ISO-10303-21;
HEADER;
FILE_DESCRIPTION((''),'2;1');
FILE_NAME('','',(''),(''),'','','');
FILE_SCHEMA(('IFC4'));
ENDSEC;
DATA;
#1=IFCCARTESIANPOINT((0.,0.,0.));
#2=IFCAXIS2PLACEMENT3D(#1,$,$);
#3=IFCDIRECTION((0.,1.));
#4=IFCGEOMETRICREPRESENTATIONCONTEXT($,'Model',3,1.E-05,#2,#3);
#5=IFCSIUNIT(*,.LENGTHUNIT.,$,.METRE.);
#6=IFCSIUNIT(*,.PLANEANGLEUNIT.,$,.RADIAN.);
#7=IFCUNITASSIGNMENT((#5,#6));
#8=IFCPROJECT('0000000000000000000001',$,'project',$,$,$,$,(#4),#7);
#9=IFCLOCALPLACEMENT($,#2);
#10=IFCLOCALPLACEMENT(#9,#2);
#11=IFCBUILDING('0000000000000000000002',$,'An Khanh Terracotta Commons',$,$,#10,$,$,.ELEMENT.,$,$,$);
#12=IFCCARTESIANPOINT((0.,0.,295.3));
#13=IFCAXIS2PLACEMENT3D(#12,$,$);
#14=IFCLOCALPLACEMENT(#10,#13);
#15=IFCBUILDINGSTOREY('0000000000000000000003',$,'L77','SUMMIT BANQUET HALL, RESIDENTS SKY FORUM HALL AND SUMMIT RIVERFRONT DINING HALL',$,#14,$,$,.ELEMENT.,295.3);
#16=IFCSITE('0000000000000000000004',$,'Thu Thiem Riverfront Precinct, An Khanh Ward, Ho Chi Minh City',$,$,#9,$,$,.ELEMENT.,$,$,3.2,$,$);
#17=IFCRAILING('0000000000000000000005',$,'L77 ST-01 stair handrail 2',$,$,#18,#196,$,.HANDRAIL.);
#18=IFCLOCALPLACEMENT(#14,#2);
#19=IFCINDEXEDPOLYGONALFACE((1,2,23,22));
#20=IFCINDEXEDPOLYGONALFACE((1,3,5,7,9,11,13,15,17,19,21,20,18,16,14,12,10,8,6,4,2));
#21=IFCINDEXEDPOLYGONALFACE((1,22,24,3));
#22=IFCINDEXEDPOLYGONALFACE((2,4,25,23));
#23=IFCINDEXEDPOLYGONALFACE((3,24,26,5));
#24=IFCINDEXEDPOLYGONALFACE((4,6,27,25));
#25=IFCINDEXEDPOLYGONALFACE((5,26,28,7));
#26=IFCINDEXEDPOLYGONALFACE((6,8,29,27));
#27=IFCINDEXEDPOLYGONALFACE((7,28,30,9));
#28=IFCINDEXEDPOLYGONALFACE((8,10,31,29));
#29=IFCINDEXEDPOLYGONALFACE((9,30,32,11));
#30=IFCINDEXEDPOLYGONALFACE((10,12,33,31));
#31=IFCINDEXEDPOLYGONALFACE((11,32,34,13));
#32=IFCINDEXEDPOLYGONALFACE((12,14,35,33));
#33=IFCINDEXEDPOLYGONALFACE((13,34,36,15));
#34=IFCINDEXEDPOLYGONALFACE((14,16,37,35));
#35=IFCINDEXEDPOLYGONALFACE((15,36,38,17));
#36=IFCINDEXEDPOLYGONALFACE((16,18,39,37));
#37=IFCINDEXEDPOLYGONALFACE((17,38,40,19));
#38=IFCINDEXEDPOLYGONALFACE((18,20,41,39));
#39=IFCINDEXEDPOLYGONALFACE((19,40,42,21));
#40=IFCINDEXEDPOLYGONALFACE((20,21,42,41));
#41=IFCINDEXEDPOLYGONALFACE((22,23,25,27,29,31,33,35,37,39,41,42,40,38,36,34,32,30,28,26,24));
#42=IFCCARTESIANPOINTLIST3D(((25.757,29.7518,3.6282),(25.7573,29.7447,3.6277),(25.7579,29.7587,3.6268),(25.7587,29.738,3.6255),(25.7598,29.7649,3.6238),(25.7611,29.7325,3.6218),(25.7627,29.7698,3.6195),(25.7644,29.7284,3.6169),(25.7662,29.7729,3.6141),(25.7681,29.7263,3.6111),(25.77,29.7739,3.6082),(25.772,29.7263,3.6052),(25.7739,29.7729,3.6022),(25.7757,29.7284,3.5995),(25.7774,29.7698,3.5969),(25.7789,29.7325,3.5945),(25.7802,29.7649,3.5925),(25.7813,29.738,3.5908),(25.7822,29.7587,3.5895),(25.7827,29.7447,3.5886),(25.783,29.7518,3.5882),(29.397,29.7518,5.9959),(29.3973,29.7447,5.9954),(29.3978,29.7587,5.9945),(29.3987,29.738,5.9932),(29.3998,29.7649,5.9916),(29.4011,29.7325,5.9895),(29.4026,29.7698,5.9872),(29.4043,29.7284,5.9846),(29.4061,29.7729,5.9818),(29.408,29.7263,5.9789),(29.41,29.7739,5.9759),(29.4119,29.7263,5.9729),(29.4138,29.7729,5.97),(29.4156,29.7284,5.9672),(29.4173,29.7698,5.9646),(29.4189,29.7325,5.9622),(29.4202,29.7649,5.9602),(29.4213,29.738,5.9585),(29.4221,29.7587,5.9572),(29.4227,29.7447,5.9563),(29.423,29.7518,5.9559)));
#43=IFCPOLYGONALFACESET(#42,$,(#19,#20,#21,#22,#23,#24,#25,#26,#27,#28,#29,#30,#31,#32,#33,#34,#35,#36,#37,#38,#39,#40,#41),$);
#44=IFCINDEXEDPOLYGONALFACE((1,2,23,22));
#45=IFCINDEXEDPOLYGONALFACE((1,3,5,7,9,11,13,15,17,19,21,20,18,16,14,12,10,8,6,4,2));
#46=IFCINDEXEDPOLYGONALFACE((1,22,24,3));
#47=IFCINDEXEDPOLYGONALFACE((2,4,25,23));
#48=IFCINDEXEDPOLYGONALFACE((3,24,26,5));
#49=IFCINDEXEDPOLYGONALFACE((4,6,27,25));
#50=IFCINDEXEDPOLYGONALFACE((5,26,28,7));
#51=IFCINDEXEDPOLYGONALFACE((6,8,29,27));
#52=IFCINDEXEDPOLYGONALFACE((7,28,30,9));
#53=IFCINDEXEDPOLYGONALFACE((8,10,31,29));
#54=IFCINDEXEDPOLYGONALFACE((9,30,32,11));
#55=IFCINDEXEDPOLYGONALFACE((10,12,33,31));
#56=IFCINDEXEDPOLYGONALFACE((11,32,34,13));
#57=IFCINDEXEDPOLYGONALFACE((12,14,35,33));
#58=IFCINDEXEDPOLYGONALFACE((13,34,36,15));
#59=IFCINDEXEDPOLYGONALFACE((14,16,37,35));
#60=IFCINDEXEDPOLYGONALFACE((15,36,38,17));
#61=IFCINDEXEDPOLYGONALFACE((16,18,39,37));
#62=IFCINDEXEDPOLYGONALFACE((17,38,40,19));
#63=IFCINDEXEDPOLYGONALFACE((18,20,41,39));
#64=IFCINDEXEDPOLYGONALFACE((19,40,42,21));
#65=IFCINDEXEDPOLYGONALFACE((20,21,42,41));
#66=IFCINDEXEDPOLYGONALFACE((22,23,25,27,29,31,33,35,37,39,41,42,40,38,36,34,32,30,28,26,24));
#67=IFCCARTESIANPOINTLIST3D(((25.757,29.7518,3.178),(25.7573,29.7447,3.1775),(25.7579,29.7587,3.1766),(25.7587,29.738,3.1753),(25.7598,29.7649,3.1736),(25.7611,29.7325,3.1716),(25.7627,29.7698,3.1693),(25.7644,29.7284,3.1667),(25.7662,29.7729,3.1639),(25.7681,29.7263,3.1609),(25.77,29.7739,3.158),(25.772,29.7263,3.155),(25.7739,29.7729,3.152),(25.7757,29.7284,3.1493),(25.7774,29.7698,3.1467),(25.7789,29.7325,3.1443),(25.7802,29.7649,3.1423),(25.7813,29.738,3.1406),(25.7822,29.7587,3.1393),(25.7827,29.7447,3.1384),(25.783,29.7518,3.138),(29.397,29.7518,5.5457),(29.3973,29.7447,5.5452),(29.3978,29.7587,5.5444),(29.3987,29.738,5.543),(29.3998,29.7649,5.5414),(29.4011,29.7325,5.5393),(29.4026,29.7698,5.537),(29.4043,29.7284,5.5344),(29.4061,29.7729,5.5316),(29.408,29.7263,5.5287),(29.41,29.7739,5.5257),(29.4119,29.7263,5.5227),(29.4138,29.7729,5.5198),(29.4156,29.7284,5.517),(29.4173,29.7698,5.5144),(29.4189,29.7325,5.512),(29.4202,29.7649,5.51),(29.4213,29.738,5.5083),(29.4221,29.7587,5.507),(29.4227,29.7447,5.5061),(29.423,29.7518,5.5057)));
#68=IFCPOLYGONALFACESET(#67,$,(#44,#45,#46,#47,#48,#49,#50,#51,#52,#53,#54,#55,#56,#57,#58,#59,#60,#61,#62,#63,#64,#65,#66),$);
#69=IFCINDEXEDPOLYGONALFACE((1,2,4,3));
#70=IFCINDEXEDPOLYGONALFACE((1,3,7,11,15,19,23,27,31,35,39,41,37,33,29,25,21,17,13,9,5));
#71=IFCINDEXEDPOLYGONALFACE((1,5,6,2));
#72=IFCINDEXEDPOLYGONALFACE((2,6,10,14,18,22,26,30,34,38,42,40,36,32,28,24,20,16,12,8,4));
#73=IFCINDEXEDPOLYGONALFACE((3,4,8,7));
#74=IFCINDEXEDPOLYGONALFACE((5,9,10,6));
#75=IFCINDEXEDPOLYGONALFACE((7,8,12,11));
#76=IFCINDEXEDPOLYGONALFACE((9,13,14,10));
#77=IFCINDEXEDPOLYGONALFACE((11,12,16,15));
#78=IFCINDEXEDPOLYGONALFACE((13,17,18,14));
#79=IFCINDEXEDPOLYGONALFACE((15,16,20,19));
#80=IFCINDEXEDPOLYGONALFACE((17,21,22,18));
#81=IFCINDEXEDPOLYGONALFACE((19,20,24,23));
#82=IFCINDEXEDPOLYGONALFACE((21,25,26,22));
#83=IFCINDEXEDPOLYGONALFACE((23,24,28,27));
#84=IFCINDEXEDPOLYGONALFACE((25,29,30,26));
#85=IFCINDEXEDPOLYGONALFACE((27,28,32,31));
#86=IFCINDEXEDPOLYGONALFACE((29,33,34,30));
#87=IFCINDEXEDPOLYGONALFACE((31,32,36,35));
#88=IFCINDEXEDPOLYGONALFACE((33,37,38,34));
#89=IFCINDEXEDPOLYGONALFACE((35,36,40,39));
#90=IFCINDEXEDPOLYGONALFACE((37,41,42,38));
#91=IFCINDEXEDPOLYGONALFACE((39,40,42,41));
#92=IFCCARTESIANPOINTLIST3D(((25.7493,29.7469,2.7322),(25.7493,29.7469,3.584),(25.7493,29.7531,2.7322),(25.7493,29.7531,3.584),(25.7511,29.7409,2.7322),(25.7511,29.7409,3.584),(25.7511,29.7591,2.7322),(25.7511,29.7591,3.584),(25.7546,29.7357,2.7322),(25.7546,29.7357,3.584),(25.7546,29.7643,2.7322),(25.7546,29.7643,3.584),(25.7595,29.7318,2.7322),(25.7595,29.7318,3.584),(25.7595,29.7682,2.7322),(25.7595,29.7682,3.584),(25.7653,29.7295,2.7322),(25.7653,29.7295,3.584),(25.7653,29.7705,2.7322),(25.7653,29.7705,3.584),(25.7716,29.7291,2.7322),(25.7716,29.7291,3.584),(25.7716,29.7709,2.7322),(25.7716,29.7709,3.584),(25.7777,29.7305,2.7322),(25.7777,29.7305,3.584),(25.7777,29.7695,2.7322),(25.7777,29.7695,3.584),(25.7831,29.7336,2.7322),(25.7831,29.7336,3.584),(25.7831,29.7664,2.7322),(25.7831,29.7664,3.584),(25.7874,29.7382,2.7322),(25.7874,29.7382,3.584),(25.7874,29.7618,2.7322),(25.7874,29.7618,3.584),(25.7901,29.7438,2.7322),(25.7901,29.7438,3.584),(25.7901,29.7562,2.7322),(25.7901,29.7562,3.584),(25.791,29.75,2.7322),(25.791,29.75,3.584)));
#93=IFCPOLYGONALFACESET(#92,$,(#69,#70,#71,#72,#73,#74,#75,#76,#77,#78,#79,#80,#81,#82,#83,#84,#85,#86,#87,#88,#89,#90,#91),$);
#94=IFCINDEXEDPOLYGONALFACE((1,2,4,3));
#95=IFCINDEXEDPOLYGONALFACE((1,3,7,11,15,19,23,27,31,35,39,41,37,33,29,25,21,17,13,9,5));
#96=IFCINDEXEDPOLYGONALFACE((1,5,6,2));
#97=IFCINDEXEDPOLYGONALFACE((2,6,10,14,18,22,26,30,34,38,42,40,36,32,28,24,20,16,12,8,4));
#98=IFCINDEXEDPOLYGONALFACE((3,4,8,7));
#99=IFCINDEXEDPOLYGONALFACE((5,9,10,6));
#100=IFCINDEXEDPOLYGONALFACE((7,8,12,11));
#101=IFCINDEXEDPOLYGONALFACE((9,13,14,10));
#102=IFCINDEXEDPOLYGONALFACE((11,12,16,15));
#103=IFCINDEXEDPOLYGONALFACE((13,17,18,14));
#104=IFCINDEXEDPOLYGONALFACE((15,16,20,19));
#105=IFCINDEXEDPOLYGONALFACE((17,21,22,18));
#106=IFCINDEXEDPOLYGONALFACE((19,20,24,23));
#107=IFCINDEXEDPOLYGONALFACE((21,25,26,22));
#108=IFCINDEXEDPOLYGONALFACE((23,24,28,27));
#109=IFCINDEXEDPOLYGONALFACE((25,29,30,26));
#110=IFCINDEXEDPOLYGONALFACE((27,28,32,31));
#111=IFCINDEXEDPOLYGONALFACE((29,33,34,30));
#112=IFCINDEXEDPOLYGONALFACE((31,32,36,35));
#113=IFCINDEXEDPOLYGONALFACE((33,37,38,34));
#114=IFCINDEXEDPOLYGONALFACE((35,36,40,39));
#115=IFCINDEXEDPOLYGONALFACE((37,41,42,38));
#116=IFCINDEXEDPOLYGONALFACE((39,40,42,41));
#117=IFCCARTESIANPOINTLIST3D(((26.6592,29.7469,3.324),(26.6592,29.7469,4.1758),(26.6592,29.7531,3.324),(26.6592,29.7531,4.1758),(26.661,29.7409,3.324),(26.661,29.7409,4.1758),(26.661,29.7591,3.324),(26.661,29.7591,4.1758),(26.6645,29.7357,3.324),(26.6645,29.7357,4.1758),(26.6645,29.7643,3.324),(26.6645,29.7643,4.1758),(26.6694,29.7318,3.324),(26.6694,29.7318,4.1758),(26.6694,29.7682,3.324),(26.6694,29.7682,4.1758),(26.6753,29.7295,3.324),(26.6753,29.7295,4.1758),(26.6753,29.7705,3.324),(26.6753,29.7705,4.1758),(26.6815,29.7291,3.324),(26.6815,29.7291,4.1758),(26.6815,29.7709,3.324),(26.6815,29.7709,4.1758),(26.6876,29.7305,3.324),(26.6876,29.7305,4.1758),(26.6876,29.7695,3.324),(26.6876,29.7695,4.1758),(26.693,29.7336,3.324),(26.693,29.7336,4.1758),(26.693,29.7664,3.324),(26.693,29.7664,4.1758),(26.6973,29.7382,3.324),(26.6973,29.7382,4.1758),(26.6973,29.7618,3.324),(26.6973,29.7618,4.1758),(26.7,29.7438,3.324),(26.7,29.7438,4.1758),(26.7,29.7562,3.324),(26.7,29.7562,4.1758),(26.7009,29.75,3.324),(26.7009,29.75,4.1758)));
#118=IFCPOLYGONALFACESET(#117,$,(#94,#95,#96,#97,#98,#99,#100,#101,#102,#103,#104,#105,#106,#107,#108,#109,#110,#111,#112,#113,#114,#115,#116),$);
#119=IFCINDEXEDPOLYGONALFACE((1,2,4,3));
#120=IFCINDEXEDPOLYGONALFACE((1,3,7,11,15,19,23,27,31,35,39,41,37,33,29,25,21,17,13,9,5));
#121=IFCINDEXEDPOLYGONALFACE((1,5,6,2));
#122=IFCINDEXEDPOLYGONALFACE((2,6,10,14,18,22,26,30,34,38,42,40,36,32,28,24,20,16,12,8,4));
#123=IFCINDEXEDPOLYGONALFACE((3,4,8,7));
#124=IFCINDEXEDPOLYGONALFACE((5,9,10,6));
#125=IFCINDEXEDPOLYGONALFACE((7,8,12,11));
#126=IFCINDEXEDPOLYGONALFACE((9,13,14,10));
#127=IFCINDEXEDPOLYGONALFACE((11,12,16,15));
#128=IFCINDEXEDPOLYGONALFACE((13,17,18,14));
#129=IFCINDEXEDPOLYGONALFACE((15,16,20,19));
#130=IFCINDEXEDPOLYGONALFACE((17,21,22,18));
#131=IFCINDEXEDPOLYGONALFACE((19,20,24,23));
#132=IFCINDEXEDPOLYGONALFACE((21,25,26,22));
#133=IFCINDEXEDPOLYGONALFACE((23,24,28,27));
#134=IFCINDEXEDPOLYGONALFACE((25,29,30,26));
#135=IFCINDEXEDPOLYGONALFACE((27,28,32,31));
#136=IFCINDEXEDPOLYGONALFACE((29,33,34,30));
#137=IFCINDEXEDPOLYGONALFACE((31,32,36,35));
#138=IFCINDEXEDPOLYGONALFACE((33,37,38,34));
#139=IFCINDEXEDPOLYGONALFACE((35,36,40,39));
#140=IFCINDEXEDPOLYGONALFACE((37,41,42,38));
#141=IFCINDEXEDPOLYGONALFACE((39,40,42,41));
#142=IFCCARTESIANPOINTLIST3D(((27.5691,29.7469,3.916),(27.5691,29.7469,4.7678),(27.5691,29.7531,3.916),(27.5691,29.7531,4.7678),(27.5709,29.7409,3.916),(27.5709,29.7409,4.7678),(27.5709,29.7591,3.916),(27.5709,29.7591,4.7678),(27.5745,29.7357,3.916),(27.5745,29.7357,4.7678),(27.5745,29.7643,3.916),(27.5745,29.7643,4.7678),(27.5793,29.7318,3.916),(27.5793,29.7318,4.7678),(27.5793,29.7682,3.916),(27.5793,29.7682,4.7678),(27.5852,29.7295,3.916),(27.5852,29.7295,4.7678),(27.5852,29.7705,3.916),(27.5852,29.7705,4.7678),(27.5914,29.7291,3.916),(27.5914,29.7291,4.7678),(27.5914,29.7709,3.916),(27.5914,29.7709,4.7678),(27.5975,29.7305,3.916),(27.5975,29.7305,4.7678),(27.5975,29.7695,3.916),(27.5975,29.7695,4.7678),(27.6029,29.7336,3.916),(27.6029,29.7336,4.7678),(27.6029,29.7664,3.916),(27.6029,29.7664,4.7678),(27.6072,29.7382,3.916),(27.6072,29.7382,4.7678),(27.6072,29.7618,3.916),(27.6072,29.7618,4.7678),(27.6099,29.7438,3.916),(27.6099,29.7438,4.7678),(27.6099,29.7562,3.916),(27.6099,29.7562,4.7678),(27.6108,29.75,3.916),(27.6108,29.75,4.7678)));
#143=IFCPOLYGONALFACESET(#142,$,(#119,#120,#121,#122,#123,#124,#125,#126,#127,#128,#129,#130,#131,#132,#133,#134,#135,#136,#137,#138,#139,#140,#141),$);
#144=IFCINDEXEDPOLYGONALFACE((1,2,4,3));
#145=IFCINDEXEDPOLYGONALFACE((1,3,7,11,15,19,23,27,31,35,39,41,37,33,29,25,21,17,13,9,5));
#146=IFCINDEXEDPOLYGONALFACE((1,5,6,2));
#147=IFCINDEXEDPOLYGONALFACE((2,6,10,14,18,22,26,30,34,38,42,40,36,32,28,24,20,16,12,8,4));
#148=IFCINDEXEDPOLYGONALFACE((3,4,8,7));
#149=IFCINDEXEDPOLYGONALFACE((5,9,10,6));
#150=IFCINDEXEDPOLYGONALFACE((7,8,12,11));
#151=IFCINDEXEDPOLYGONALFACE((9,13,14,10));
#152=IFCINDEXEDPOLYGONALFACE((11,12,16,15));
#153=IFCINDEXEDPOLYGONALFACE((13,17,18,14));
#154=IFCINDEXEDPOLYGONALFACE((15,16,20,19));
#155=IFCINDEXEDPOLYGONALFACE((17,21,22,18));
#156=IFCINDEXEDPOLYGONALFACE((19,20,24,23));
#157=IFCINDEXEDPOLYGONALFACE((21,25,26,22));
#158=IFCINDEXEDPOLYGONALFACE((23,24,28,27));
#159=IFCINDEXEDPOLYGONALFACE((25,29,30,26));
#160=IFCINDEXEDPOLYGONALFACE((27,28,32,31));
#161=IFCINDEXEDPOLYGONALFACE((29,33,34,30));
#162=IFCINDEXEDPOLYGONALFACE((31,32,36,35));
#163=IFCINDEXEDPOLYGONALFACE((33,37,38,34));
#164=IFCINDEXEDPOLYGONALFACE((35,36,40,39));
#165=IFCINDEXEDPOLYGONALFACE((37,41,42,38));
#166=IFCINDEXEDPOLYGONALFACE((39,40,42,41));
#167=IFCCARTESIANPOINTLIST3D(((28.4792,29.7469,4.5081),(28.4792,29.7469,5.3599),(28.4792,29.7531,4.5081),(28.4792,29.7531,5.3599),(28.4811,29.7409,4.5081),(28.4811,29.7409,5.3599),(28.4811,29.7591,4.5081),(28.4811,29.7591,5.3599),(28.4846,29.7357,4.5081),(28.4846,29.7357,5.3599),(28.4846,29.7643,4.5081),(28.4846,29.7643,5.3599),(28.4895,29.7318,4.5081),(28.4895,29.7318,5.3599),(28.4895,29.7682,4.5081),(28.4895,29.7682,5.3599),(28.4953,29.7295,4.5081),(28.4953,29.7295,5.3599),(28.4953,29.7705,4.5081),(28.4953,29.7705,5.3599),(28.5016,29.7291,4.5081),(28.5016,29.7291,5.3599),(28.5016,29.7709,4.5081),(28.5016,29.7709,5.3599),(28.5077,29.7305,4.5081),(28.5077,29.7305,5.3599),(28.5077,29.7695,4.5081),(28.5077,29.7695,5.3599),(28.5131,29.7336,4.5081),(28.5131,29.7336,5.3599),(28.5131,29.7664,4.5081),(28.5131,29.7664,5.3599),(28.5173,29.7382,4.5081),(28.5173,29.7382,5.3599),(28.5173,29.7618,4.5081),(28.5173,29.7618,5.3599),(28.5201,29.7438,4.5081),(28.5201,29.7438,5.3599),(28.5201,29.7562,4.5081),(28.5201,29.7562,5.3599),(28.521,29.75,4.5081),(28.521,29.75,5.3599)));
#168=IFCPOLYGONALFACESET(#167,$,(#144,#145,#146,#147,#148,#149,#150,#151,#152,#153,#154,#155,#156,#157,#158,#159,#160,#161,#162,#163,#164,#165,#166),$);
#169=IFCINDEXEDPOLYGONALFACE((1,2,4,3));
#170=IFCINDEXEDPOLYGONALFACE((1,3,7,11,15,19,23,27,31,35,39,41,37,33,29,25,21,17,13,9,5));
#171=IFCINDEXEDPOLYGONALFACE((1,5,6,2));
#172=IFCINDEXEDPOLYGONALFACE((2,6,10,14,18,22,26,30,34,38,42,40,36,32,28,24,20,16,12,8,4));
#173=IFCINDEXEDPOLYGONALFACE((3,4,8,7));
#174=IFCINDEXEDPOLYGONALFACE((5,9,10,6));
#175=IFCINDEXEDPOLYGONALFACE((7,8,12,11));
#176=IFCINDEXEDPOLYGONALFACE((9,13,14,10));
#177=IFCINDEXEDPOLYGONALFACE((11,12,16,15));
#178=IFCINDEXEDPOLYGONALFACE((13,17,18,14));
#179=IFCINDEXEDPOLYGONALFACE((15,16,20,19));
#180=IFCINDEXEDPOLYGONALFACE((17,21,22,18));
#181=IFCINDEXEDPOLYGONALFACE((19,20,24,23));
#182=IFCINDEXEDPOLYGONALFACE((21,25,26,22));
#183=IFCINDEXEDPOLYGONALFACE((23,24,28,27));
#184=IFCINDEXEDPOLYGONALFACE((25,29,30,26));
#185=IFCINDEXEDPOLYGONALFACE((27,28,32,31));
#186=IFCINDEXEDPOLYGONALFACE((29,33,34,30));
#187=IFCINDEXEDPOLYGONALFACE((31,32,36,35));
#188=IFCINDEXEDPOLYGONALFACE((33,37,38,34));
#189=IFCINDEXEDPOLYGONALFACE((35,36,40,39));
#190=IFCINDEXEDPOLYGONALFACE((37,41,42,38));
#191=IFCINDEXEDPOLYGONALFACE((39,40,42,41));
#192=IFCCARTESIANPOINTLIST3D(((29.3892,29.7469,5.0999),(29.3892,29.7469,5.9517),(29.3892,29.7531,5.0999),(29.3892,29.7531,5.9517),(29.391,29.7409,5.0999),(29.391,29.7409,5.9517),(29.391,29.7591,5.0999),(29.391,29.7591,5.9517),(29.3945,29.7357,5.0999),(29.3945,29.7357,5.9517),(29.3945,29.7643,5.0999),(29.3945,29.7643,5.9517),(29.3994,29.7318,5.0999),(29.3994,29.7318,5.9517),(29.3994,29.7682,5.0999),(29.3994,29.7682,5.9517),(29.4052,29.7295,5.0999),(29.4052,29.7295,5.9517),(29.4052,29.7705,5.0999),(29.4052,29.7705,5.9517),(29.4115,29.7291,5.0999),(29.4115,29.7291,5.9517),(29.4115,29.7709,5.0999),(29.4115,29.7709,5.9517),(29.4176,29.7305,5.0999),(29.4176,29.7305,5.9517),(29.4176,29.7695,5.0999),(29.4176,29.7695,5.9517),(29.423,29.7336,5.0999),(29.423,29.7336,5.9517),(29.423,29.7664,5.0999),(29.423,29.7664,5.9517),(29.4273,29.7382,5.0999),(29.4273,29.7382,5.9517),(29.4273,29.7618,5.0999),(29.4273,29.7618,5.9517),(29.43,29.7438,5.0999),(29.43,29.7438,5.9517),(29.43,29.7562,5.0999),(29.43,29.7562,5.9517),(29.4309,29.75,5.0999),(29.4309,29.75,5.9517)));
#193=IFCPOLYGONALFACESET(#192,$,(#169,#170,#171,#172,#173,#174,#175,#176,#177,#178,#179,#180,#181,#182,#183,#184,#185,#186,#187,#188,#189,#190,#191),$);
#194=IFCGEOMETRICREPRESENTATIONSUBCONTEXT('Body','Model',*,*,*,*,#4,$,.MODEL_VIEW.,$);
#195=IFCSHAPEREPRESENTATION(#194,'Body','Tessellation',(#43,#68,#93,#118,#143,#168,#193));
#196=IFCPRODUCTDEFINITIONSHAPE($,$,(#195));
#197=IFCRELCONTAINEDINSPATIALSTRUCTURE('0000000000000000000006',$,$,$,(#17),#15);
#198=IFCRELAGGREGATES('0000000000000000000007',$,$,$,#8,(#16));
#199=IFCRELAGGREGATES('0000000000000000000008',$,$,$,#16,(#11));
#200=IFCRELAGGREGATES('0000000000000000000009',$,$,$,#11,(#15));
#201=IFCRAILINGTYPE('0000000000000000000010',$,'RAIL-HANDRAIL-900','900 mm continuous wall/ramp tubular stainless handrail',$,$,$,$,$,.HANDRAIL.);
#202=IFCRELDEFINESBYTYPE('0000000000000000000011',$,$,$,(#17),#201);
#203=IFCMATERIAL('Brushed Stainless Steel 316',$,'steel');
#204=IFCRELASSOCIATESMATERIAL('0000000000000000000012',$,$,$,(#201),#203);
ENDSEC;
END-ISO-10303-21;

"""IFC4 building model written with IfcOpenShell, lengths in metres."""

from ifc_helpers import new_model, si_unit, direction, frame, origin, origin_2d, place, context, subcontext, project, spatial, circle, extrude, material, type_object, element, save


model = new_model("IFC4")

# Units and contexts
model_context = context("Model", 3, precision=1e-05, world=origin(), true_north=direction((0.0, 1.0)))
body_context = subcontext(model_context, "Body", "Model", "MODEL_VIEW")
ifc_project = project(units=[si_unit("LENGTHUNIT", "METRE"), si_unit("PLANEANGLEUNIT", "RADIAN")], contexts=[model_context])

# Site, building, storey
site_placement = place(None, origin())
site = spatial("IfcSite", under=ifc_project, at=site_placement, Name="Thu Thiem Riverfront Precinct, An Khanh Ward, Ho Chi Minh City", CompositionType="ELEMENT", RefElevation=3.2)
building_placement = place(site_placement, origin())
building = spatial("IfcBuilding", under=site, at=building_placement, Name="An Khanh Terracotta Commons", CompositionType="ELEMENT")
storey_placement = place(building_placement, frame((0.0, 0.0, 295.3)))
storey = spatial("IfcBuildingStorey", under=building, at=storey_placement, Name="L77", Description="SUMMIT BANQUET HALL, RESIDENTS SKY FORUM HALL AND SUMMIT RIVERFRONT DINING HALL", CompositionType="ELEMENT", Elevation=295.3)

# Railing
ifc_material_1 = material(Name="Brushed Stainless Steel 316", Category="steel")
railing_type_1 = type_object("IfcRailingType", Name="RAIL-HANDRAIL-900", Description="900 mm continuous wall/ramp tubular stainless handrail", PredefinedType="HANDRAIL", material=ifc_material_1)
railing_1_placement = place(storey_placement, frame((25.77, 29.75, 2.7322)))
element("IfcRailing", 1, at=railing_1_placement, inside=storey, type_object=railing_type_1, Name="L77 ST-01 stair handrail 2", PredefinedType="HANDRAIL", context=body_context, shape_type="SweptSolid", body=[
    extrude(circle(Radius=0.0239, at=origin_2d()), frame((0.0, 0.0, 0.876), z_axis=(0.83826, 0.0, 0.545271), x_axis=(0.0, 1.0, 0.0)), (0.0, 0.0, 1.0), 4.3423),
    extrude(circle(Radius=0.0239, at=origin_2d()), frame((0.0, 0.0, 0.4258), z_axis=(0.83826, 0.0, 0.545271), x_axis=(0.0, 1.0, 0.0)), (0.0, 0.0, 1.0), 4.3423),
    extrude(circle(Radius=0.021, at=origin_2d()), origin(), (0.0, 0.0, 1.0), 0.8518),
    extrude(circle(Radius=0.021, at=origin_2d()), frame((0.9099, 0.0, 0.5918)), (0.0, 0.0, 1.0), 0.8518),
    extrude(circle(Radius=0.021, at=origin_2d()), frame((1.8198, 0.0, 1.1838)), (0.0, 0.0, 1.0), 0.8518),
    extrude(circle(Radius=0.021, at=origin_2d()), frame((2.73, 0.0, 1.7759)), (0.0, 0.0, 1.0), 0.8518),
    extrude(circle(Radius=0.021, at=origin_2d()), frame((3.6399, 0.0, 2.3677)), (0.0, 0.0, 1.0), 0.8518),
])

save(model, "model.ifc")
